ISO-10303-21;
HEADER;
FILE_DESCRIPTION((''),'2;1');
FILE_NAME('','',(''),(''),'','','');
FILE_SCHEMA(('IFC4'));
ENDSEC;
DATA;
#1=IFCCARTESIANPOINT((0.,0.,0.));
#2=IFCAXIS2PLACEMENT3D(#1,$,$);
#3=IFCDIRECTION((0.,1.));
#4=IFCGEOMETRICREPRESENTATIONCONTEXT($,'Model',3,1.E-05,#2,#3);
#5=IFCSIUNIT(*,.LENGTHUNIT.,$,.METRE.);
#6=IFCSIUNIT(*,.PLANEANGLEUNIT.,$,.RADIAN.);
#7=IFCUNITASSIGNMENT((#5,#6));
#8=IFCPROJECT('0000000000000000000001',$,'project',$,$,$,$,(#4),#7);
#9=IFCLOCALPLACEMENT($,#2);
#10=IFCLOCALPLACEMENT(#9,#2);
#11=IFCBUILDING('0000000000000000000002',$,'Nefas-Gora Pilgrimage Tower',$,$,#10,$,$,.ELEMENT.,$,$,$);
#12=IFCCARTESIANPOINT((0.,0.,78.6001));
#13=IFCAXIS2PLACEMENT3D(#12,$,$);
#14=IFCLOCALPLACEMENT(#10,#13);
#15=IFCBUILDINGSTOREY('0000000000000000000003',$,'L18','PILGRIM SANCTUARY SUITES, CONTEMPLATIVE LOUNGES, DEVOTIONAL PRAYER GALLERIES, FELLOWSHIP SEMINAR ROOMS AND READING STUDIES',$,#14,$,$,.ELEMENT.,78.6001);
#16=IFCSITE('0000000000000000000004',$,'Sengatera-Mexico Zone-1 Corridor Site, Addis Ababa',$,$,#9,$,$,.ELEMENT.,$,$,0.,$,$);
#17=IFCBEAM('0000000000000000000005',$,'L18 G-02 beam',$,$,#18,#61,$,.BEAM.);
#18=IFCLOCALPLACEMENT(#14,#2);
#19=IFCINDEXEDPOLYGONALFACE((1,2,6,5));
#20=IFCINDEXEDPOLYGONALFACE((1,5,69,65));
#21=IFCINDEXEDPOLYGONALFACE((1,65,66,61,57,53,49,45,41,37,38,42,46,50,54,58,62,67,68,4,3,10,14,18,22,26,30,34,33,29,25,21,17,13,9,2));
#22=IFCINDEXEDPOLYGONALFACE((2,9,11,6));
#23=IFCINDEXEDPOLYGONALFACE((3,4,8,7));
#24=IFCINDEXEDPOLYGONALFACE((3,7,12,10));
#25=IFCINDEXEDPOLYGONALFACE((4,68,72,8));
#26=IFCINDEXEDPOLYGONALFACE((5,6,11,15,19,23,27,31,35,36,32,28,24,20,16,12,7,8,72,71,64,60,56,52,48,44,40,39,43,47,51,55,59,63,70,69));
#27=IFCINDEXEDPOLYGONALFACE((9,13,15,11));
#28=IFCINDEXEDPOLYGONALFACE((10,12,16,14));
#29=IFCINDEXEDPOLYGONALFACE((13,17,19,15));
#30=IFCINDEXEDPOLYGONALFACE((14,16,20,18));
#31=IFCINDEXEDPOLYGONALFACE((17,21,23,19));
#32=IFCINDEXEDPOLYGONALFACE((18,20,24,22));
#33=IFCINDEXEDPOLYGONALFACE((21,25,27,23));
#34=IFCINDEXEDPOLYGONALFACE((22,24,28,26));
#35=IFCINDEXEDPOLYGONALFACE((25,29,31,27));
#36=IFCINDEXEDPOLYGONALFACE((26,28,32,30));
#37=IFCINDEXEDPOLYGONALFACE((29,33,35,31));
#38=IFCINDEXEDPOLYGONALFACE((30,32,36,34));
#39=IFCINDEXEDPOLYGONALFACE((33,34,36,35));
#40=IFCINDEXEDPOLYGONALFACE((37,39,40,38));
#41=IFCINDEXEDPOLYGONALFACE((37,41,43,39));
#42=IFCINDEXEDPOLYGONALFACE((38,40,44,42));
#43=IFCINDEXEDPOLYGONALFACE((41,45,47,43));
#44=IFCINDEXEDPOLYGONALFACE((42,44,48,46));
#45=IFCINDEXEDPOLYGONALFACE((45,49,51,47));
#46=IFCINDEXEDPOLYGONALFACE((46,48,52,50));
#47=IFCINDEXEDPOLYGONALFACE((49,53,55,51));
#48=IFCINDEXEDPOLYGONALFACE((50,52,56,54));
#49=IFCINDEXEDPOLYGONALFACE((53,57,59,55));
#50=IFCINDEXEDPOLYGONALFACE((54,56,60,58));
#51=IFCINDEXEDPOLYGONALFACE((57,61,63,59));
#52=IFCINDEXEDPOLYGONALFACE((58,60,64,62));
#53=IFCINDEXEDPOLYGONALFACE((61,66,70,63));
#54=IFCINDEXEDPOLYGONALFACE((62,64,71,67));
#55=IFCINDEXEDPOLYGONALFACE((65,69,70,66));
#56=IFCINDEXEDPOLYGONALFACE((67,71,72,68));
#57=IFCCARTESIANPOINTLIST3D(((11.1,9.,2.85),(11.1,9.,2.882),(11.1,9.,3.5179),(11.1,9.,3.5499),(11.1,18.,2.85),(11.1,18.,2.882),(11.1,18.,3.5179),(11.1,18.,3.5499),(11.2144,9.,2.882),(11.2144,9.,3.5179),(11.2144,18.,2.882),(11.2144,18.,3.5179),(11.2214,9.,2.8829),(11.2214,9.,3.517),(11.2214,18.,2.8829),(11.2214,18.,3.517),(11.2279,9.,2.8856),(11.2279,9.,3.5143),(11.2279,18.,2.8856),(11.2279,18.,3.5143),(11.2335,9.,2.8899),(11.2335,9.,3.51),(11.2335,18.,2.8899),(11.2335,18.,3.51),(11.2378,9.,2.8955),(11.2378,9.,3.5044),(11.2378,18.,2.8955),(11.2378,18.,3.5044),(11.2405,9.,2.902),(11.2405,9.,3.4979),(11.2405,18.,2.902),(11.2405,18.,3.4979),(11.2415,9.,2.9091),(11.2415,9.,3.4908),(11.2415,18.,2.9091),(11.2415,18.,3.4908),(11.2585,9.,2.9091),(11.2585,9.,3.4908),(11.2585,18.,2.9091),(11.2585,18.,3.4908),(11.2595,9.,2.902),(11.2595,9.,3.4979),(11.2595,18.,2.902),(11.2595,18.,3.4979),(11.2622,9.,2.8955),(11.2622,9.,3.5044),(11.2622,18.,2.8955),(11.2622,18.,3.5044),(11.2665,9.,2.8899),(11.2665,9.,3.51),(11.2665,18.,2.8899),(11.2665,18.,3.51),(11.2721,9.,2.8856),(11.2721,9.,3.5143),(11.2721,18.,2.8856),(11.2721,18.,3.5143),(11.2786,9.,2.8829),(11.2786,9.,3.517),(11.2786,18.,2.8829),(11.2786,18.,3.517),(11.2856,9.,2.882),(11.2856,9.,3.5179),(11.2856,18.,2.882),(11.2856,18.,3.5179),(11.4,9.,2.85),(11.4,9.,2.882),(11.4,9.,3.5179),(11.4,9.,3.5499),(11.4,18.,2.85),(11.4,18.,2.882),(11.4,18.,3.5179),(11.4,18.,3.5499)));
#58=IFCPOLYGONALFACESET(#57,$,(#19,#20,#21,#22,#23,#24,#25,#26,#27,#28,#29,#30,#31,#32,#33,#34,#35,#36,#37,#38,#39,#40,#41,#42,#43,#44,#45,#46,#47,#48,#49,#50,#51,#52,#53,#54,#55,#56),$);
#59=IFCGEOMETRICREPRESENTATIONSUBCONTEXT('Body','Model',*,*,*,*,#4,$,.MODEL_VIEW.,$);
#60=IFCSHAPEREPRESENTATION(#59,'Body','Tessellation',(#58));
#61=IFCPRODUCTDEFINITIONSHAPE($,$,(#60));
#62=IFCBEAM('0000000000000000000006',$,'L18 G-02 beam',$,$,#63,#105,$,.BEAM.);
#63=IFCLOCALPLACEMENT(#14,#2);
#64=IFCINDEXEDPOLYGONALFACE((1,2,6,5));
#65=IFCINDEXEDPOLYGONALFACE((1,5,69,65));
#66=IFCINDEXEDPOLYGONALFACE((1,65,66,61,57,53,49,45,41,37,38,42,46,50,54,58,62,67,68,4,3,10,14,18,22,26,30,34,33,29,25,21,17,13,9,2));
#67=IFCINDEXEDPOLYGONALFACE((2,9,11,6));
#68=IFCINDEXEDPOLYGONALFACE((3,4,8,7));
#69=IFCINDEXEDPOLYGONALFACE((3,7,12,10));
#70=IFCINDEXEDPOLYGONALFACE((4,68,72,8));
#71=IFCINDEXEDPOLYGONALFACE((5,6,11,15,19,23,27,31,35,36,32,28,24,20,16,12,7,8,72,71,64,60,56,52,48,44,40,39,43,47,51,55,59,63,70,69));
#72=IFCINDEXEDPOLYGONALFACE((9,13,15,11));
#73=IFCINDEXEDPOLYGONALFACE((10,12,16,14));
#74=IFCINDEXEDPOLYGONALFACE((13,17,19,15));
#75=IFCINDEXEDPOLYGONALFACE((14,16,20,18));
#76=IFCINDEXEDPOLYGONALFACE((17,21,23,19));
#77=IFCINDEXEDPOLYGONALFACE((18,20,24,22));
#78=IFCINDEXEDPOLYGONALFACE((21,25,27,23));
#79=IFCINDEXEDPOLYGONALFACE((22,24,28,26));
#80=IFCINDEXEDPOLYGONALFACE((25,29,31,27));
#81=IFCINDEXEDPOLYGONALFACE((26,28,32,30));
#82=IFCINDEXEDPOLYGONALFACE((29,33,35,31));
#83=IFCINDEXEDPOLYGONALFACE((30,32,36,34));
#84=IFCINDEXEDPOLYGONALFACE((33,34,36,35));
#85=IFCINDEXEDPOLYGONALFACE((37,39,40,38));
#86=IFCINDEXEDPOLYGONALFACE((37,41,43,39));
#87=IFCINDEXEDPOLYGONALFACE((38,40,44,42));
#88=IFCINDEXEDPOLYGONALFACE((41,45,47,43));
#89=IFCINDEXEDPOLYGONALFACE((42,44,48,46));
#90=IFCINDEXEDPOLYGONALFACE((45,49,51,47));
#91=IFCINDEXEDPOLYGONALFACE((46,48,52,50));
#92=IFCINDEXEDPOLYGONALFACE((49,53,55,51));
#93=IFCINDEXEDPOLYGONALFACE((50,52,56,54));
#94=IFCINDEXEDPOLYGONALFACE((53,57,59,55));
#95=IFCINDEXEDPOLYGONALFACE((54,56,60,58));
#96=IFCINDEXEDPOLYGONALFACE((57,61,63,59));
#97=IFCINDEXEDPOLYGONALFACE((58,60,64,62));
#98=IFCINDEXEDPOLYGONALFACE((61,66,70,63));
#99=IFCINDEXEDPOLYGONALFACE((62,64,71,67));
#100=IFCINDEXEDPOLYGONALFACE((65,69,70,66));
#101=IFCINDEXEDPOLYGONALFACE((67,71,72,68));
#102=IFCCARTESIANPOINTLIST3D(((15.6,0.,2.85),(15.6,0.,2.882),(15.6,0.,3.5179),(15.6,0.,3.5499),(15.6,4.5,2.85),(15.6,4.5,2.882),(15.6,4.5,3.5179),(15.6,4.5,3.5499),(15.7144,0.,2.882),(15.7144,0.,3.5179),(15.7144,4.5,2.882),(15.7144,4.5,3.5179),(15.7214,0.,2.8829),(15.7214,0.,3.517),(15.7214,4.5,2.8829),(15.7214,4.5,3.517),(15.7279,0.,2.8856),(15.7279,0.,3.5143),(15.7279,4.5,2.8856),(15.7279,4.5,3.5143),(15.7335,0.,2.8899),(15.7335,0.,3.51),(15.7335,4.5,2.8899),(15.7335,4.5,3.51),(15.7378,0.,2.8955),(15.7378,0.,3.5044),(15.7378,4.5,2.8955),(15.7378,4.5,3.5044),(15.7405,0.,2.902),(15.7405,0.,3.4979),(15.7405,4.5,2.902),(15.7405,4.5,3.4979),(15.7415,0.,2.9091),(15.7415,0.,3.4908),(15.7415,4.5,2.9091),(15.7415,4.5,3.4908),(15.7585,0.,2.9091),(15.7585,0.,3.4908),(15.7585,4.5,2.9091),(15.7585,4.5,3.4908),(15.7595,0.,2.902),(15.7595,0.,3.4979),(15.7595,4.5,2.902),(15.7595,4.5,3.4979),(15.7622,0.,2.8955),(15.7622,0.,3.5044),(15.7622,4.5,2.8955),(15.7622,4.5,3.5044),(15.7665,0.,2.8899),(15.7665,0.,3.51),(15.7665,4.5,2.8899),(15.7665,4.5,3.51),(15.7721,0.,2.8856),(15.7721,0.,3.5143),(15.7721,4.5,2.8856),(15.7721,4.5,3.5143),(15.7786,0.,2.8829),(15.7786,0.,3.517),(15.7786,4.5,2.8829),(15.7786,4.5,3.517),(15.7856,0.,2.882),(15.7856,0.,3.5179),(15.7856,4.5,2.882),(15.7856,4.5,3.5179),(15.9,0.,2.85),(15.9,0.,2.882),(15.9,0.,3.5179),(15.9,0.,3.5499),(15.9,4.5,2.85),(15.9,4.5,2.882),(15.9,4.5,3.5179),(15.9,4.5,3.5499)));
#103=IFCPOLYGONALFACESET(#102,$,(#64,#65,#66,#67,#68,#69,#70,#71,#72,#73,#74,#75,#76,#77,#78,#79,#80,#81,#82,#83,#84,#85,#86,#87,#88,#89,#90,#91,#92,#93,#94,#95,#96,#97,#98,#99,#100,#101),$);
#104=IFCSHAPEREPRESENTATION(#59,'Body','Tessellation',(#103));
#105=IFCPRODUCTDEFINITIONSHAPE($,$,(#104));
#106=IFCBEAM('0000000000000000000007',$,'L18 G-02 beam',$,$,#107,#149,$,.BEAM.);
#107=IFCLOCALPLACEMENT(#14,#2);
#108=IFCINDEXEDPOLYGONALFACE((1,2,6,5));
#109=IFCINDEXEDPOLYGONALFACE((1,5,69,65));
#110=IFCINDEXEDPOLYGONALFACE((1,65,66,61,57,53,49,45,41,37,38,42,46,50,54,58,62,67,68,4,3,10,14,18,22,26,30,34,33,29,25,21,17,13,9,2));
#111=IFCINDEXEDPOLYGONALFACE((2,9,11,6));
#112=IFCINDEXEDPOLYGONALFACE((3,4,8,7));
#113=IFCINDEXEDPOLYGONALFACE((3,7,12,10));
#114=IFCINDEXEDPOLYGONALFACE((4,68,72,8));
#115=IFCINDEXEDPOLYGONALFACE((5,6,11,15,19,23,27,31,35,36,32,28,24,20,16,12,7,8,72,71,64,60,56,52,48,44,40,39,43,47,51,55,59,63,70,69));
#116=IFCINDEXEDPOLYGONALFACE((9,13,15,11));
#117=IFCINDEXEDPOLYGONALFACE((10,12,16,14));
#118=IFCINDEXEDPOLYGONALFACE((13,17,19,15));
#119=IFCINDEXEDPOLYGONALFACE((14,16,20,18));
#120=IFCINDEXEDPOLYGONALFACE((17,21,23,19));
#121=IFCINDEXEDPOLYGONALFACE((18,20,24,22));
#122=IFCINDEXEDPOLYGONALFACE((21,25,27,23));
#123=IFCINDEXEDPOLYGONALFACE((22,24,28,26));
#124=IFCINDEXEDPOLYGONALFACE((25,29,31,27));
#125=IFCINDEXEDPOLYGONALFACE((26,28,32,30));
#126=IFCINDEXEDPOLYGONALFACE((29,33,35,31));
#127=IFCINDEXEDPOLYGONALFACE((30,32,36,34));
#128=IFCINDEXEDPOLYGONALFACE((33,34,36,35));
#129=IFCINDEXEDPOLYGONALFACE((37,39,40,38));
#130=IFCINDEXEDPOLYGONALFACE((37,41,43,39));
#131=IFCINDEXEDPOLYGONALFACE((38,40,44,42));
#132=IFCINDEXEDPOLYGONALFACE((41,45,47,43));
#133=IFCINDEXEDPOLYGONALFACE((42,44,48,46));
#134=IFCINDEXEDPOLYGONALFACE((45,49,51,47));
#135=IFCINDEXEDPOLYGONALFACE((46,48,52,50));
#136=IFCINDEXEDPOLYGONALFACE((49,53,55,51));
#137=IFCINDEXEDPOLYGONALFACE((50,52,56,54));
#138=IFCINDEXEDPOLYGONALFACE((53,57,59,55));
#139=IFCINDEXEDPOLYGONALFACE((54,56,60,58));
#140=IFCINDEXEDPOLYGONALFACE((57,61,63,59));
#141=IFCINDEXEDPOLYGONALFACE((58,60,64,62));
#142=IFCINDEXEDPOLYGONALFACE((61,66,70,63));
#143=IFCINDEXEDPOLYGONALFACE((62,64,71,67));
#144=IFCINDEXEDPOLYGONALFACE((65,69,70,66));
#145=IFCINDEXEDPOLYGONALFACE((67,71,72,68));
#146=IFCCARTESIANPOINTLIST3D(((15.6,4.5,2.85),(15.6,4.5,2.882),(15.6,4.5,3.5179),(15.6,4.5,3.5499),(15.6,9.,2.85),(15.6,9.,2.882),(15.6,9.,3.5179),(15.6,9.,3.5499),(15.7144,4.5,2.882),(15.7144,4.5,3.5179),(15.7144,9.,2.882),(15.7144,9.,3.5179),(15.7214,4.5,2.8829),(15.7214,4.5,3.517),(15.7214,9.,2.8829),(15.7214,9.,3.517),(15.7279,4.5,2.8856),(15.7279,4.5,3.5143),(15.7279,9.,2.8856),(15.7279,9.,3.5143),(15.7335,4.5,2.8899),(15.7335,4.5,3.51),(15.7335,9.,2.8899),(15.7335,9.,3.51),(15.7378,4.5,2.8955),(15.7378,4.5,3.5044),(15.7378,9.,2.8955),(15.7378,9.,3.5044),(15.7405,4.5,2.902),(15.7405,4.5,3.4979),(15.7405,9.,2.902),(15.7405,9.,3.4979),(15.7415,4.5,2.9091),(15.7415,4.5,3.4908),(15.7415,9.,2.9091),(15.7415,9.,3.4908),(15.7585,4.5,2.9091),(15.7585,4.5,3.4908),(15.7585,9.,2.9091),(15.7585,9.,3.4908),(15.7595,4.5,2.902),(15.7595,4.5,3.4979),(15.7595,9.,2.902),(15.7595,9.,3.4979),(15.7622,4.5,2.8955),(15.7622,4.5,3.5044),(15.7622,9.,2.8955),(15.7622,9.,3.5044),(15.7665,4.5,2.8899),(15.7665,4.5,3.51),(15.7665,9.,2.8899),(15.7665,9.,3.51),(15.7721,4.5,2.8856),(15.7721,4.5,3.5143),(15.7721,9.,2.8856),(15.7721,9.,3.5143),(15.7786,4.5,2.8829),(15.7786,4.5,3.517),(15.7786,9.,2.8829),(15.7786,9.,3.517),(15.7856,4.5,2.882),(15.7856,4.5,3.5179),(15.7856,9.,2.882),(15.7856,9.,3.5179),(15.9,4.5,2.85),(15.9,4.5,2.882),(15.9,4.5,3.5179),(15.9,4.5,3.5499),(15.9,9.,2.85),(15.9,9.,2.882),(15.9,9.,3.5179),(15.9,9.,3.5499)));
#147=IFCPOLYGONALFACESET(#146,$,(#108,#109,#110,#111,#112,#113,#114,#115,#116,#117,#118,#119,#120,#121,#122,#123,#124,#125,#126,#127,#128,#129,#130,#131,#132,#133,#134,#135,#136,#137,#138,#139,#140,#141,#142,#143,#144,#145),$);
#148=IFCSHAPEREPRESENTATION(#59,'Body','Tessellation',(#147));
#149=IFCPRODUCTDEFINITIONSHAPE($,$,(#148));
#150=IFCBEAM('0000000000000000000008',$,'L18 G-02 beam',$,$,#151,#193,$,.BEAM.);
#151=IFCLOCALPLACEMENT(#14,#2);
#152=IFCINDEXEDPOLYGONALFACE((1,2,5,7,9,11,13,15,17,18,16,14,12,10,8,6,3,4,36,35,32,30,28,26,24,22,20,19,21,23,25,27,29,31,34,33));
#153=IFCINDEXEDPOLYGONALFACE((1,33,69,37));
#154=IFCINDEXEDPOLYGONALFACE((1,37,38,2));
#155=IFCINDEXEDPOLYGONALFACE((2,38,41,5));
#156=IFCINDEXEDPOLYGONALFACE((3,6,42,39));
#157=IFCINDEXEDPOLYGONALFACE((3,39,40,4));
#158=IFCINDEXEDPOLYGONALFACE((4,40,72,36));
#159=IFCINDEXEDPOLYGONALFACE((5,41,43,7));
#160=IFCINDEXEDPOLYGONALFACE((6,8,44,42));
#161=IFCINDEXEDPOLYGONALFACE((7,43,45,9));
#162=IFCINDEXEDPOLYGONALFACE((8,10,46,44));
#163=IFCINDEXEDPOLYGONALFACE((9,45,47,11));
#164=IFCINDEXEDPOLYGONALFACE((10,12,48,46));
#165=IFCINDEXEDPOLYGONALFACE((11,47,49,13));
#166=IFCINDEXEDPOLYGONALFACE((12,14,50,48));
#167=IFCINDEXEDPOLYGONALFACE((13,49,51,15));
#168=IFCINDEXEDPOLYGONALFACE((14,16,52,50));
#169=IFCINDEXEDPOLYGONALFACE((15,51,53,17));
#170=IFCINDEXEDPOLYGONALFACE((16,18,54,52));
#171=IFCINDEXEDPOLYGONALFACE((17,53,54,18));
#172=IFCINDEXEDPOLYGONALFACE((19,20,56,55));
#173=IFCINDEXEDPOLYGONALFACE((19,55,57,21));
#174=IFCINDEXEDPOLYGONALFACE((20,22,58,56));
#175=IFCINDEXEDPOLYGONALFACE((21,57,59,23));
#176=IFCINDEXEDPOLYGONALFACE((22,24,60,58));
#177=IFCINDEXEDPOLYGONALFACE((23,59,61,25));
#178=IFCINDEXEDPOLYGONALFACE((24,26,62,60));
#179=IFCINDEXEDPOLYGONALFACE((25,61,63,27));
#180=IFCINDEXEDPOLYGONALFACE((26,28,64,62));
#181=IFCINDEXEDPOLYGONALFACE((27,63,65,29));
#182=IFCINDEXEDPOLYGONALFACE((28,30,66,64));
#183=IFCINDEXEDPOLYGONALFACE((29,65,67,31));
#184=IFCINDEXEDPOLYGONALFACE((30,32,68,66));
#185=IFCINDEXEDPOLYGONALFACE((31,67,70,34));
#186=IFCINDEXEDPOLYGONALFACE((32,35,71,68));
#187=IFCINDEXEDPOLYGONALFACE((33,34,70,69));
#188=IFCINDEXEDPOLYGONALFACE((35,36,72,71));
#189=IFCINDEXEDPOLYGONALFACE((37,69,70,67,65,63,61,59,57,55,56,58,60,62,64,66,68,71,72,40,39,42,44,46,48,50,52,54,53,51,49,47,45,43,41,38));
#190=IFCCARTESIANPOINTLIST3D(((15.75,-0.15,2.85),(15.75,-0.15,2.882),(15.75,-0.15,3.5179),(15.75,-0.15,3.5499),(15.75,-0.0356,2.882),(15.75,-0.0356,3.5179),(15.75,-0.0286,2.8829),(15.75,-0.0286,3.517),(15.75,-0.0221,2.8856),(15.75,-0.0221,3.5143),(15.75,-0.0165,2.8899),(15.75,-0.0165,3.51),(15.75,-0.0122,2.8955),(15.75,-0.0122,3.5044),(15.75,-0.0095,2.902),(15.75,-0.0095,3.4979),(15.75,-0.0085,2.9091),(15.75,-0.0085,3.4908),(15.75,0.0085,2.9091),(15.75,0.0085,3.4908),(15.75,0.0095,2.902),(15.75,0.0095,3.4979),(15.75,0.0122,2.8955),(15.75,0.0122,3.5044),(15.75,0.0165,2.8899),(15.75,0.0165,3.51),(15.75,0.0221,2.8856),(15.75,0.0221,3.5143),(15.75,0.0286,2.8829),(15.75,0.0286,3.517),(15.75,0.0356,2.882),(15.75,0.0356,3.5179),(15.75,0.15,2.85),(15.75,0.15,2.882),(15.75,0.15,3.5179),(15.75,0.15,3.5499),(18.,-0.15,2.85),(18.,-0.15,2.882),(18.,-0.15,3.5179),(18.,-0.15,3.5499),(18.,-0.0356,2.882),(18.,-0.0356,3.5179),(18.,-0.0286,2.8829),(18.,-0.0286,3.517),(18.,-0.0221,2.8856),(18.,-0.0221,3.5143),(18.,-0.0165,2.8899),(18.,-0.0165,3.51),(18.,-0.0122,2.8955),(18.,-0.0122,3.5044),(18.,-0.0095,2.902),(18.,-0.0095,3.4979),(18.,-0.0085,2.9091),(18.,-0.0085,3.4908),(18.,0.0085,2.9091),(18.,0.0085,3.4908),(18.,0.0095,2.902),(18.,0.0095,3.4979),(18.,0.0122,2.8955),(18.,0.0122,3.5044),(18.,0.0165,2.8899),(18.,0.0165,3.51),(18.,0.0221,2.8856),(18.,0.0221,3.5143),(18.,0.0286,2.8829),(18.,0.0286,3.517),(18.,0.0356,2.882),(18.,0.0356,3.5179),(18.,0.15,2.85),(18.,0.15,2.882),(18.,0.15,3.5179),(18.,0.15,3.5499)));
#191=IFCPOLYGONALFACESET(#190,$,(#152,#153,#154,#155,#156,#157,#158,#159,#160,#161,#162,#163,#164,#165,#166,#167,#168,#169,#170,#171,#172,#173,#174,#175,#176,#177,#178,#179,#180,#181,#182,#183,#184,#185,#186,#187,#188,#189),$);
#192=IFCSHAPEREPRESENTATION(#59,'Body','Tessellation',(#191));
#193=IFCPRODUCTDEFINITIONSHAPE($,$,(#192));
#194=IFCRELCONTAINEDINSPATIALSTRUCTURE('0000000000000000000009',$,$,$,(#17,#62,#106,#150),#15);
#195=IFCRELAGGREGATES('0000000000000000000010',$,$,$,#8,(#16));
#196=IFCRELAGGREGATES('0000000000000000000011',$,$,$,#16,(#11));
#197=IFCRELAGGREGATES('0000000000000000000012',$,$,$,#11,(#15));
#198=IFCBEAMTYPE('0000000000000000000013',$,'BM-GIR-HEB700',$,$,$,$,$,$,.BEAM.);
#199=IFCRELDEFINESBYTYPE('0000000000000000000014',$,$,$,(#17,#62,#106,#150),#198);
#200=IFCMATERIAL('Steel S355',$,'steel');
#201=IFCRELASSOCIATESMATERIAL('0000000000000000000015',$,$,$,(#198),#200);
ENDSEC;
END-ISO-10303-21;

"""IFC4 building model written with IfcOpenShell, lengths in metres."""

from ifc_helpers import new_model, si_unit, direction, frame, origin, origin_2d, place, context, subcontext, project, spatial, i_section, extrude, source, transform, mapped, material, material_profile, profile_set, type_object, element, save


model = new_model("IFC4")

# Units and contexts
model_context = context("Model", 3, precision=1e-05, world=origin(), true_north=direction((0.0, 1.0)))
body_context = subcontext(model_context, "Body", "Model", "MODEL_VIEW")
ifc_project = project(units=[si_unit("LENGTHUNIT", "METRE"), si_unit("PLANEANGLEUNIT", "RADIAN")], contexts=[model_context])

# Site, building, storey
site_placement = place(None, origin())
site = spatial("IfcSite", under=ifc_project, at=site_placement, Name="Sengatera-Mexico Zone-1 Corridor Site, Addis Ababa", CompositionType="ELEMENT", RefElevation=0.0)
building_placement = place(site_placement, origin())
building = spatial("IfcBuilding", under=site, at=building_placement, Name="Nefas-Gora Pilgrimage Tower", CompositionType="ELEMENT")
storey_placement = place(building_placement, frame((0.0, 0.0, 78.6001)))
storey = spatial("IfcBuildingStorey", under=building, at=storey_placement, Name="L18", Description="PILGRIM SANCTUARY SUITES, CONTEMPLATIVE LOUNGES, DEVOTIONAL PRAYER GALLERIES, FELLOWSHIP SEMINAR ROOMS AND READING STUDIES", CompositionType="ELEMENT", Elevation=78.6001)

# Beams
ifc_material_1 = material(Name="Steel S355", Category="steel")
ifc_material_profile_1 = material_profile(ifc_material_1, i_section(OverallWidth=0.3, OverallDepth=0.7, WebThickness=0.0171, FlangeThickness=0.032, FilletRadius=0.0271, at=origin_2d()), Name="HEB 700")
ifc_profile_set_1 = profile_set([ifc_material_profile_1], Name="Steel S355")
beam_type = type_object("IfcBeamType", Name="BM-GIR-HEB700", PredefinedType="BEAM", material=ifc_profile_set_1)
shared_shape_1 = source(origin(), body_context, "Body", "SweptSolid", [
    extrude(i_section(OverallWidth=0.3, OverallDepth=0.7, WebThickness=0.0171, FlangeThickness=0.032, FilletRadius=0.0271, at=origin_2d()), origin(), (0.0, 0.0, 1.0), 9.0),
])
beam_placement = place(storey_placement, frame((11.25, 9.0, 3.2), z_axis=(0.0, 1.0, 0.0), x_axis=(-1.0, 0.0, 0.0)))
element("IfcBeam", 1, at=beam_placement, inside=storey, type_object=beam_type, Name="L18 G-02 beam", PredefinedType="BEAM", context=body_context, shape_type="MappedRepresentation", body=[
    mapped(shared_shape_1, transform((0.0, 0.0, 0.0), x_axis=(1.0, 0.0, 0.0), y_axis=(0.0, 1.0, 0.0), z_axis=(0.0, 0.0, 1.0), scale=1.0)),
])
shared_shape_2 = source(origin(), body_context, "Body", "SweptSolid", [
    extrude(i_section(OverallWidth=0.3, OverallDepth=0.7, WebThickness=0.0171, FlangeThickness=0.032, FilletRadius=0.0271, at=origin_2d()), origin(), (0.0, 0.0, 1.0), 4.5),
])
for number, where, z_axis, x_axis, name in (
    (2, (15.75, 0.0, 3.2), (0.0, 1.0, 0.0), (-1.0, 0.0, 0.0), "L18 G-02 beam"),
    (3, (15.75, 4.5, 3.2), (0.0, 1.0, 0.0), (-1.0, 0.0, 0.0), "L18 G-02 beam"),
):
    element("IfcBeam", number, at=place(storey_placement, frame(where, z_axis=z_axis, x_axis=x_axis)), inside=storey, type_object=beam_type, Name=name, PredefinedType="BEAM", context=body_context, shape_type="MappedRepresentation", body=[
        mapped(shared_shape_2, transform((0.0, 0.0, 0.0), x_axis=(1.0, 0.0, 0.0), y_axis=(0.0, 1.0, 0.0), z_axis=(0.0, 0.0, 1.0), scale=1.0)),
    ])
shared_shape_3 = source(origin(), body_context, "Body", "SweptSolid", [
    extrude(i_section(OverallWidth=0.3, OverallDepth=0.7, WebThickness=0.0171, FlangeThickness=0.032, FilletRadius=0.0271, at=origin_2d()), origin(), (0.0, 0.0, 1.0), 2.25),
])
for number, where, z_axis, x_axis, name in (
    (4, (15.75, 0.0, 3.2), (1.0, 0.0, 0.0), (0.0, 1.0, 0.0), "L18 G-02 beam"),
):
    element("IfcBeam", number, at=place(storey_placement, frame(where, z_axis=z_axis, x_axis=x_axis)), inside=storey, type_object=beam_type, Name=name, PredefinedType="BEAM", context=body_context, shape_type="MappedRepresentation", body=[
        mapped(shared_shape_3, transform((0.0, 0.0, 0.0), x_axis=(1.0, 0.0, 0.0), y_axis=(0.0, 1.0, 0.0), z_axis=(0.0, 0.0, 1.0), scale=1.0)),
    ])

save(model, "model.ifc")
